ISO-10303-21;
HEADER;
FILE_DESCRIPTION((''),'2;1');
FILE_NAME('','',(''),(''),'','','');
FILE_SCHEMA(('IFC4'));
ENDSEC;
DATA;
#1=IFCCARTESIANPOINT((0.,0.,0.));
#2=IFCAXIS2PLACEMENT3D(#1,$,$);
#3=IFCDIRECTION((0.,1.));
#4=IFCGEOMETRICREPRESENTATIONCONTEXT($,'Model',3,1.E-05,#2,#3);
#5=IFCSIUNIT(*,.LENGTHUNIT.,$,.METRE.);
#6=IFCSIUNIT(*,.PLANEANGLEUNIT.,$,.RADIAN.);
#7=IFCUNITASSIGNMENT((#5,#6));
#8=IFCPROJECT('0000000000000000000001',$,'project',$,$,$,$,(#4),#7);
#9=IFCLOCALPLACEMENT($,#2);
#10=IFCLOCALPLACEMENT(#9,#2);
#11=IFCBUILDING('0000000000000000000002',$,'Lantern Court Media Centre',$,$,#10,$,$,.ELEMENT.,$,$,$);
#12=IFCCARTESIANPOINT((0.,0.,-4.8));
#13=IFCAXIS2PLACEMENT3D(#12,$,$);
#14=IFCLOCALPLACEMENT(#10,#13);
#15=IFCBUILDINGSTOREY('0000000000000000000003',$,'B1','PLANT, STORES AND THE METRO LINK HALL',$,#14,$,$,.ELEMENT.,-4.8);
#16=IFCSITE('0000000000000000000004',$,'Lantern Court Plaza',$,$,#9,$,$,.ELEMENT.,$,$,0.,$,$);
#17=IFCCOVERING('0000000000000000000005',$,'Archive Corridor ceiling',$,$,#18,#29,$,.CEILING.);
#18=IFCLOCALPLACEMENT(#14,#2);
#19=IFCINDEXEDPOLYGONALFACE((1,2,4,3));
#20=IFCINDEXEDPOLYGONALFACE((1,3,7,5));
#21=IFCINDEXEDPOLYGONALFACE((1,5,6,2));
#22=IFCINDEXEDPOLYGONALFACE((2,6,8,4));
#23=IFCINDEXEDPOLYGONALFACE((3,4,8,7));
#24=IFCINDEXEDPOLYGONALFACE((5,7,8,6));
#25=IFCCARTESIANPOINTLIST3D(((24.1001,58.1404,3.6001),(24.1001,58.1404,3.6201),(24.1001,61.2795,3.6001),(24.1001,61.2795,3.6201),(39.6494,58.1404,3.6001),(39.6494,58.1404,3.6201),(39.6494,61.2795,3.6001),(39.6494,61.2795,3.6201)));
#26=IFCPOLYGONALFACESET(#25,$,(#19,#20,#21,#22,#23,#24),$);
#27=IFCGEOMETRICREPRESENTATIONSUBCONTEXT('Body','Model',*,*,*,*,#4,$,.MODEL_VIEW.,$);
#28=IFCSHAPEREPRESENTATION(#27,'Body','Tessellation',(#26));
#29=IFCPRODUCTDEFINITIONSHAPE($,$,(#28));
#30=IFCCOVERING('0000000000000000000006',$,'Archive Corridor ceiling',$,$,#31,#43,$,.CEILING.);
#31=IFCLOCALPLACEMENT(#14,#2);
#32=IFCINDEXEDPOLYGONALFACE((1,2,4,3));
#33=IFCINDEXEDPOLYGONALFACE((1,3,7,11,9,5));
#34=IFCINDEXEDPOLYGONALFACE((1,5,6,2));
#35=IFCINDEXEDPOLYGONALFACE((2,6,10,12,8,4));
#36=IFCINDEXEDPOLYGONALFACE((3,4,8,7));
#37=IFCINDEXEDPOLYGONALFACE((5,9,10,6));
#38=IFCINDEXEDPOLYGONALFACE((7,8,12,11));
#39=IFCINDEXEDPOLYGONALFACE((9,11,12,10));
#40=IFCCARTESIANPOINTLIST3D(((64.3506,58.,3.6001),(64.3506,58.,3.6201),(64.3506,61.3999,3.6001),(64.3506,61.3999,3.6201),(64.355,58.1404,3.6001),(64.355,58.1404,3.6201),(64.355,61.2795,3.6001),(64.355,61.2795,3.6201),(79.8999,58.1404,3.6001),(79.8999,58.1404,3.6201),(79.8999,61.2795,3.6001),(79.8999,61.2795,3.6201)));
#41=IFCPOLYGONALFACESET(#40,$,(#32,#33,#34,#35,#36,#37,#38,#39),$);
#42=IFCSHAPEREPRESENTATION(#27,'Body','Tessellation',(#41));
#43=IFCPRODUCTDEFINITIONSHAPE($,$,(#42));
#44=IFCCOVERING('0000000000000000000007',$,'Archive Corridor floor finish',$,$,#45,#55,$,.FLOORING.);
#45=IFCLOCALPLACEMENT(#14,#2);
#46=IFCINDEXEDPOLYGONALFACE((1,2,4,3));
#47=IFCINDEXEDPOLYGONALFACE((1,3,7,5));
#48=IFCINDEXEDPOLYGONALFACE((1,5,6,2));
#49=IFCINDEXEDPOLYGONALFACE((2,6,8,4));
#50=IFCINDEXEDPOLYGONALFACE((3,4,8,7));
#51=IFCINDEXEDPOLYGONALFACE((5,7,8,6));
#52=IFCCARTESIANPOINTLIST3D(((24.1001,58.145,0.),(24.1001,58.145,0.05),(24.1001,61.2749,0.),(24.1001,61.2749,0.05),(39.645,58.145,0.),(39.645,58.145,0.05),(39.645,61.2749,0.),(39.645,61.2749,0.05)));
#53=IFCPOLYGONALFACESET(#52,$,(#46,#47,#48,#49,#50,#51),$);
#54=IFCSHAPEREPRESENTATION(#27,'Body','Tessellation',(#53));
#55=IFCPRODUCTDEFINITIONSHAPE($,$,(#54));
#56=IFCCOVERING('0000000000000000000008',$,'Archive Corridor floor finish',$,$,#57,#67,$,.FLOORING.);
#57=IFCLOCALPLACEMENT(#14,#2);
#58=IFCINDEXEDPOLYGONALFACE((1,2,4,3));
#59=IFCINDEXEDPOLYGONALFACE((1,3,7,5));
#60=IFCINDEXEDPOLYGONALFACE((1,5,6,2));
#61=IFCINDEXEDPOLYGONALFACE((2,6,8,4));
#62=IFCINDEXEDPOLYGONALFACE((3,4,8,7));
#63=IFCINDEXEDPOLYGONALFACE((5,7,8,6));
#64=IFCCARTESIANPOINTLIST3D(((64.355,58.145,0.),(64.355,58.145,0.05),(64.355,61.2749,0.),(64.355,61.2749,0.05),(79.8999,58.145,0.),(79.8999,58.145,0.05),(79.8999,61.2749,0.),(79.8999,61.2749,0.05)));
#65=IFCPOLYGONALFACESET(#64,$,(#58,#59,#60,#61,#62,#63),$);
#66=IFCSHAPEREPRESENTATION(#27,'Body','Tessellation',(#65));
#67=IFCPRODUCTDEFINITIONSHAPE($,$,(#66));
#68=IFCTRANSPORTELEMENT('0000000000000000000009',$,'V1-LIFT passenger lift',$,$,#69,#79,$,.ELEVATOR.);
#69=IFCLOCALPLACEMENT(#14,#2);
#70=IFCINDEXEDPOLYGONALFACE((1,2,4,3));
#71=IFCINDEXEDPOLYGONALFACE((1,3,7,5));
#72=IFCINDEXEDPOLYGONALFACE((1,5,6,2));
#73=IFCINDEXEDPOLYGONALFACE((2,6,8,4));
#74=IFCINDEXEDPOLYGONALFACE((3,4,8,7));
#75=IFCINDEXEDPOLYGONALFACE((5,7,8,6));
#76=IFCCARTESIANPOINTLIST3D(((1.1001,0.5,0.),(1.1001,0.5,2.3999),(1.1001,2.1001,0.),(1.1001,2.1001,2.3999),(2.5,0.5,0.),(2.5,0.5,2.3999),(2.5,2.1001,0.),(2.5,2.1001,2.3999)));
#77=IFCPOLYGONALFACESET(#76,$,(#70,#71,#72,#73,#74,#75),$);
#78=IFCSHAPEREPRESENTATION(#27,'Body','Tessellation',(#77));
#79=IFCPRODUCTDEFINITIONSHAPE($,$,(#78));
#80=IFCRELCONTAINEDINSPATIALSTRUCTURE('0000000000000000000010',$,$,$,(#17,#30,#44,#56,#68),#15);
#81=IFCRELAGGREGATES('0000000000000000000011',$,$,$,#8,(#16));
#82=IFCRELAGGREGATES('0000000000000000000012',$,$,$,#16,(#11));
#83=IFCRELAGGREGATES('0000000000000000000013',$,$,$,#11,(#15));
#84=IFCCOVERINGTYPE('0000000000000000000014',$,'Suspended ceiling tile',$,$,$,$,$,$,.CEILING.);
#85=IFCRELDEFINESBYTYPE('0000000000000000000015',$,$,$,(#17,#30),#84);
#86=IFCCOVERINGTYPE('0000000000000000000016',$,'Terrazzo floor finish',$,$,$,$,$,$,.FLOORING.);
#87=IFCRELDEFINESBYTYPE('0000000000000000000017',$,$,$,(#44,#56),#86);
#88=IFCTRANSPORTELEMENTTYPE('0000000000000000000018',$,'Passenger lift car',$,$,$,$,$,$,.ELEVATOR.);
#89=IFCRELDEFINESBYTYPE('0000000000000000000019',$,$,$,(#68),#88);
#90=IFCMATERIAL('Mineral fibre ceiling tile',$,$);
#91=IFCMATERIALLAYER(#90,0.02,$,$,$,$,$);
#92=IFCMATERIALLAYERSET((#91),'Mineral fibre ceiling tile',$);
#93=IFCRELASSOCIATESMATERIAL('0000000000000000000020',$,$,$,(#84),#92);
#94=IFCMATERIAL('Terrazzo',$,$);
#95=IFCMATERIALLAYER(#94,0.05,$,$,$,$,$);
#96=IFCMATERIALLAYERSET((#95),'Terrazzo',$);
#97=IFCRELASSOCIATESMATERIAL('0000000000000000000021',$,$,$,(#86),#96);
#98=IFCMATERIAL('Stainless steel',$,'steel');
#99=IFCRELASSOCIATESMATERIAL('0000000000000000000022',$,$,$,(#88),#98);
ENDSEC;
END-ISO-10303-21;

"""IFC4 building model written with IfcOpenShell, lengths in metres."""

from ifc_helpers import new_model, si_unit, direction, frame, origin, origin_2d, place, context, subcontext, project, spatial, polyline, rectangle, outline, extrude, material, layer, layer_set, type_object, element, save


model = new_model("IFC4")

# Units and contexts
model_context = context("Model", 3, precision=1e-05, world=origin(), true_north=direction((0.0, 1.0)))
body_context = subcontext(model_context, "Body", "Model", "MODEL_VIEW")
ifc_project = project(units=[si_unit("LENGTHUNIT", "METRE"), si_unit("PLANEANGLEUNIT", "RADIAN")], contexts=[model_context])

# Site, building, storey
site_placement = place(None, origin())
site = spatial("IfcSite", under=ifc_project, at=site_placement, Name="Lantern Court Plaza", CompositionType="ELEMENT", RefElevation=0.0)
building_placement = place(site_placement, origin())
building = spatial("IfcBuilding", under=site, at=building_placement, Name="Lantern Court Media Centre", CompositionType="ELEMENT")
storey_placement = place(building_placement, frame((0.0, 0.0, -4.8)))
storey = spatial("IfcBuildingStorey", under=building, at=storey_placement, Name="B1", Description="PLANT, STORES AND THE METRO LINK HALL", CompositionType="ELEMENT", Elevation=-4.8)

# Coverings
ifc_material_1 = material(Name="Mineral fibre ceiling tile")
ifc_layer_1 = layer(ifc_material_1, 0.02)
ifc_layer_set_1 = layer_set([ifc_layer_1], Name="Mineral fibre ceiling tile")
covering_type_1 = type_object("IfcCoveringType", Name="Suspended ceiling tile", PredefinedType="CEILING", material=ifc_layer_set_1)
covering_1_placement = place(storey_placement, frame((0.0, 0.0, 3.6001)))
element("IfcCovering", 1, at=covering_1_placement, inside=storey, type_object=covering_type_1, Name="Archive Corridor ceiling", PredefinedType="CEILING", context=body_context, shape_type="SweptSolid", body=[
    extrude(outline(polyline([(24.1001, 61.2795), (39.6494, 61.2795), (39.6494, 58.1404), (24.1001, 58.1404), (24.1001, 61.2795)])), origin(), (0.0, 0.0, 1.0), 0.02),
])
covering_2_placement = place(storey_placement, frame((0.0, 0.0, 3.6001)))
element("IfcCovering", 2, at=covering_2_placement, inside=storey, type_object=covering_type_1, Name="Archive Corridor ceiling", PredefinedType="CEILING", context=body_context, shape_type="SweptSolid", body=[
    extrude(outline(polyline([(79.8999, 58.1404), (64.355, 58.1404), (64.3506, 58.0), (64.3506, 61.3999), (64.355, 61.2795), (79.8999, 61.2795), (79.8999, 58.1404)])), origin(), (0.0, 0.0, 1.0), 0.02),
])
ifc_material_2 = material(Name="Terrazzo")
ifc_layer_2 = layer(ifc_material_2, 0.05)
ifc_layer_set_2 = layer_set([ifc_layer_2], Name="Terrazzo")
covering_type_2 = type_object("IfcCoveringType", Name="Terrazzo floor finish", PredefinedType="FLOORING", material=ifc_layer_set_2)
covering_3_placement = place(storey_placement, origin())
element("IfcCovering", 3, at=covering_3_placement, inside=storey, type_object=covering_type_2, Name="Archive Corridor floor finish", PredefinedType="FLOORING", context=body_context, shape_type="SweptSolid", body=[
    extrude(outline(polyline([(24.1001, 61.2749), (39.645, 61.2749), (39.645, 58.145), (24.1001, 58.145), (24.1001, 61.2749)])), origin(), (0.0, 0.0, 1.0), 0.05),
])
covering_4_placement = place(storey_placement, origin())
element("IfcCovering", 4, at=covering_4_placement, inside=storey, type_object=covering_type_2, Name="Archive Corridor floor finish", PredefinedType="FLOORING", context=body_context, shape_type="SweptSolid", body=[
    extrude(outline(polyline([(79.8999, 58.145), (64.355, 58.145), (64.355, 61.2749), (79.8999, 61.2749), (79.8999, 58.145)])), origin(), (0.0, 0.0, 1.0), 0.05),
])

# Transport element
ifc_material_3 = material(Name="Stainless steel", Category="steel")
transport_element_type = type_object("IfcTransportElementType", Name="Passenger lift car", PredefinedType="ELEVATOR", material=ifc_material_3)
transport_element_placement = place(storey_placement, frame((1.8, 1.3, 0.0), z_axis=(0.0, 0.0, 1.0), x_axis=(1.0, 0.0, 0.0)))
element("IfcTransportElement", 5, at=transport_element_placement, inside=storey, type_object=transport_element_type, Name="V1-LIFT passenger lift", PredefinedType="ELEVATOR", context=body_context, shape_type="SweptSolid", body=[
    extrude(rectangle(XDim=1.3999, YDim=1.6001, at=origin_2d()), origin(), (0.0, 0.0, 1.0), 2.3999),
])

save(model, "model.ifc")
